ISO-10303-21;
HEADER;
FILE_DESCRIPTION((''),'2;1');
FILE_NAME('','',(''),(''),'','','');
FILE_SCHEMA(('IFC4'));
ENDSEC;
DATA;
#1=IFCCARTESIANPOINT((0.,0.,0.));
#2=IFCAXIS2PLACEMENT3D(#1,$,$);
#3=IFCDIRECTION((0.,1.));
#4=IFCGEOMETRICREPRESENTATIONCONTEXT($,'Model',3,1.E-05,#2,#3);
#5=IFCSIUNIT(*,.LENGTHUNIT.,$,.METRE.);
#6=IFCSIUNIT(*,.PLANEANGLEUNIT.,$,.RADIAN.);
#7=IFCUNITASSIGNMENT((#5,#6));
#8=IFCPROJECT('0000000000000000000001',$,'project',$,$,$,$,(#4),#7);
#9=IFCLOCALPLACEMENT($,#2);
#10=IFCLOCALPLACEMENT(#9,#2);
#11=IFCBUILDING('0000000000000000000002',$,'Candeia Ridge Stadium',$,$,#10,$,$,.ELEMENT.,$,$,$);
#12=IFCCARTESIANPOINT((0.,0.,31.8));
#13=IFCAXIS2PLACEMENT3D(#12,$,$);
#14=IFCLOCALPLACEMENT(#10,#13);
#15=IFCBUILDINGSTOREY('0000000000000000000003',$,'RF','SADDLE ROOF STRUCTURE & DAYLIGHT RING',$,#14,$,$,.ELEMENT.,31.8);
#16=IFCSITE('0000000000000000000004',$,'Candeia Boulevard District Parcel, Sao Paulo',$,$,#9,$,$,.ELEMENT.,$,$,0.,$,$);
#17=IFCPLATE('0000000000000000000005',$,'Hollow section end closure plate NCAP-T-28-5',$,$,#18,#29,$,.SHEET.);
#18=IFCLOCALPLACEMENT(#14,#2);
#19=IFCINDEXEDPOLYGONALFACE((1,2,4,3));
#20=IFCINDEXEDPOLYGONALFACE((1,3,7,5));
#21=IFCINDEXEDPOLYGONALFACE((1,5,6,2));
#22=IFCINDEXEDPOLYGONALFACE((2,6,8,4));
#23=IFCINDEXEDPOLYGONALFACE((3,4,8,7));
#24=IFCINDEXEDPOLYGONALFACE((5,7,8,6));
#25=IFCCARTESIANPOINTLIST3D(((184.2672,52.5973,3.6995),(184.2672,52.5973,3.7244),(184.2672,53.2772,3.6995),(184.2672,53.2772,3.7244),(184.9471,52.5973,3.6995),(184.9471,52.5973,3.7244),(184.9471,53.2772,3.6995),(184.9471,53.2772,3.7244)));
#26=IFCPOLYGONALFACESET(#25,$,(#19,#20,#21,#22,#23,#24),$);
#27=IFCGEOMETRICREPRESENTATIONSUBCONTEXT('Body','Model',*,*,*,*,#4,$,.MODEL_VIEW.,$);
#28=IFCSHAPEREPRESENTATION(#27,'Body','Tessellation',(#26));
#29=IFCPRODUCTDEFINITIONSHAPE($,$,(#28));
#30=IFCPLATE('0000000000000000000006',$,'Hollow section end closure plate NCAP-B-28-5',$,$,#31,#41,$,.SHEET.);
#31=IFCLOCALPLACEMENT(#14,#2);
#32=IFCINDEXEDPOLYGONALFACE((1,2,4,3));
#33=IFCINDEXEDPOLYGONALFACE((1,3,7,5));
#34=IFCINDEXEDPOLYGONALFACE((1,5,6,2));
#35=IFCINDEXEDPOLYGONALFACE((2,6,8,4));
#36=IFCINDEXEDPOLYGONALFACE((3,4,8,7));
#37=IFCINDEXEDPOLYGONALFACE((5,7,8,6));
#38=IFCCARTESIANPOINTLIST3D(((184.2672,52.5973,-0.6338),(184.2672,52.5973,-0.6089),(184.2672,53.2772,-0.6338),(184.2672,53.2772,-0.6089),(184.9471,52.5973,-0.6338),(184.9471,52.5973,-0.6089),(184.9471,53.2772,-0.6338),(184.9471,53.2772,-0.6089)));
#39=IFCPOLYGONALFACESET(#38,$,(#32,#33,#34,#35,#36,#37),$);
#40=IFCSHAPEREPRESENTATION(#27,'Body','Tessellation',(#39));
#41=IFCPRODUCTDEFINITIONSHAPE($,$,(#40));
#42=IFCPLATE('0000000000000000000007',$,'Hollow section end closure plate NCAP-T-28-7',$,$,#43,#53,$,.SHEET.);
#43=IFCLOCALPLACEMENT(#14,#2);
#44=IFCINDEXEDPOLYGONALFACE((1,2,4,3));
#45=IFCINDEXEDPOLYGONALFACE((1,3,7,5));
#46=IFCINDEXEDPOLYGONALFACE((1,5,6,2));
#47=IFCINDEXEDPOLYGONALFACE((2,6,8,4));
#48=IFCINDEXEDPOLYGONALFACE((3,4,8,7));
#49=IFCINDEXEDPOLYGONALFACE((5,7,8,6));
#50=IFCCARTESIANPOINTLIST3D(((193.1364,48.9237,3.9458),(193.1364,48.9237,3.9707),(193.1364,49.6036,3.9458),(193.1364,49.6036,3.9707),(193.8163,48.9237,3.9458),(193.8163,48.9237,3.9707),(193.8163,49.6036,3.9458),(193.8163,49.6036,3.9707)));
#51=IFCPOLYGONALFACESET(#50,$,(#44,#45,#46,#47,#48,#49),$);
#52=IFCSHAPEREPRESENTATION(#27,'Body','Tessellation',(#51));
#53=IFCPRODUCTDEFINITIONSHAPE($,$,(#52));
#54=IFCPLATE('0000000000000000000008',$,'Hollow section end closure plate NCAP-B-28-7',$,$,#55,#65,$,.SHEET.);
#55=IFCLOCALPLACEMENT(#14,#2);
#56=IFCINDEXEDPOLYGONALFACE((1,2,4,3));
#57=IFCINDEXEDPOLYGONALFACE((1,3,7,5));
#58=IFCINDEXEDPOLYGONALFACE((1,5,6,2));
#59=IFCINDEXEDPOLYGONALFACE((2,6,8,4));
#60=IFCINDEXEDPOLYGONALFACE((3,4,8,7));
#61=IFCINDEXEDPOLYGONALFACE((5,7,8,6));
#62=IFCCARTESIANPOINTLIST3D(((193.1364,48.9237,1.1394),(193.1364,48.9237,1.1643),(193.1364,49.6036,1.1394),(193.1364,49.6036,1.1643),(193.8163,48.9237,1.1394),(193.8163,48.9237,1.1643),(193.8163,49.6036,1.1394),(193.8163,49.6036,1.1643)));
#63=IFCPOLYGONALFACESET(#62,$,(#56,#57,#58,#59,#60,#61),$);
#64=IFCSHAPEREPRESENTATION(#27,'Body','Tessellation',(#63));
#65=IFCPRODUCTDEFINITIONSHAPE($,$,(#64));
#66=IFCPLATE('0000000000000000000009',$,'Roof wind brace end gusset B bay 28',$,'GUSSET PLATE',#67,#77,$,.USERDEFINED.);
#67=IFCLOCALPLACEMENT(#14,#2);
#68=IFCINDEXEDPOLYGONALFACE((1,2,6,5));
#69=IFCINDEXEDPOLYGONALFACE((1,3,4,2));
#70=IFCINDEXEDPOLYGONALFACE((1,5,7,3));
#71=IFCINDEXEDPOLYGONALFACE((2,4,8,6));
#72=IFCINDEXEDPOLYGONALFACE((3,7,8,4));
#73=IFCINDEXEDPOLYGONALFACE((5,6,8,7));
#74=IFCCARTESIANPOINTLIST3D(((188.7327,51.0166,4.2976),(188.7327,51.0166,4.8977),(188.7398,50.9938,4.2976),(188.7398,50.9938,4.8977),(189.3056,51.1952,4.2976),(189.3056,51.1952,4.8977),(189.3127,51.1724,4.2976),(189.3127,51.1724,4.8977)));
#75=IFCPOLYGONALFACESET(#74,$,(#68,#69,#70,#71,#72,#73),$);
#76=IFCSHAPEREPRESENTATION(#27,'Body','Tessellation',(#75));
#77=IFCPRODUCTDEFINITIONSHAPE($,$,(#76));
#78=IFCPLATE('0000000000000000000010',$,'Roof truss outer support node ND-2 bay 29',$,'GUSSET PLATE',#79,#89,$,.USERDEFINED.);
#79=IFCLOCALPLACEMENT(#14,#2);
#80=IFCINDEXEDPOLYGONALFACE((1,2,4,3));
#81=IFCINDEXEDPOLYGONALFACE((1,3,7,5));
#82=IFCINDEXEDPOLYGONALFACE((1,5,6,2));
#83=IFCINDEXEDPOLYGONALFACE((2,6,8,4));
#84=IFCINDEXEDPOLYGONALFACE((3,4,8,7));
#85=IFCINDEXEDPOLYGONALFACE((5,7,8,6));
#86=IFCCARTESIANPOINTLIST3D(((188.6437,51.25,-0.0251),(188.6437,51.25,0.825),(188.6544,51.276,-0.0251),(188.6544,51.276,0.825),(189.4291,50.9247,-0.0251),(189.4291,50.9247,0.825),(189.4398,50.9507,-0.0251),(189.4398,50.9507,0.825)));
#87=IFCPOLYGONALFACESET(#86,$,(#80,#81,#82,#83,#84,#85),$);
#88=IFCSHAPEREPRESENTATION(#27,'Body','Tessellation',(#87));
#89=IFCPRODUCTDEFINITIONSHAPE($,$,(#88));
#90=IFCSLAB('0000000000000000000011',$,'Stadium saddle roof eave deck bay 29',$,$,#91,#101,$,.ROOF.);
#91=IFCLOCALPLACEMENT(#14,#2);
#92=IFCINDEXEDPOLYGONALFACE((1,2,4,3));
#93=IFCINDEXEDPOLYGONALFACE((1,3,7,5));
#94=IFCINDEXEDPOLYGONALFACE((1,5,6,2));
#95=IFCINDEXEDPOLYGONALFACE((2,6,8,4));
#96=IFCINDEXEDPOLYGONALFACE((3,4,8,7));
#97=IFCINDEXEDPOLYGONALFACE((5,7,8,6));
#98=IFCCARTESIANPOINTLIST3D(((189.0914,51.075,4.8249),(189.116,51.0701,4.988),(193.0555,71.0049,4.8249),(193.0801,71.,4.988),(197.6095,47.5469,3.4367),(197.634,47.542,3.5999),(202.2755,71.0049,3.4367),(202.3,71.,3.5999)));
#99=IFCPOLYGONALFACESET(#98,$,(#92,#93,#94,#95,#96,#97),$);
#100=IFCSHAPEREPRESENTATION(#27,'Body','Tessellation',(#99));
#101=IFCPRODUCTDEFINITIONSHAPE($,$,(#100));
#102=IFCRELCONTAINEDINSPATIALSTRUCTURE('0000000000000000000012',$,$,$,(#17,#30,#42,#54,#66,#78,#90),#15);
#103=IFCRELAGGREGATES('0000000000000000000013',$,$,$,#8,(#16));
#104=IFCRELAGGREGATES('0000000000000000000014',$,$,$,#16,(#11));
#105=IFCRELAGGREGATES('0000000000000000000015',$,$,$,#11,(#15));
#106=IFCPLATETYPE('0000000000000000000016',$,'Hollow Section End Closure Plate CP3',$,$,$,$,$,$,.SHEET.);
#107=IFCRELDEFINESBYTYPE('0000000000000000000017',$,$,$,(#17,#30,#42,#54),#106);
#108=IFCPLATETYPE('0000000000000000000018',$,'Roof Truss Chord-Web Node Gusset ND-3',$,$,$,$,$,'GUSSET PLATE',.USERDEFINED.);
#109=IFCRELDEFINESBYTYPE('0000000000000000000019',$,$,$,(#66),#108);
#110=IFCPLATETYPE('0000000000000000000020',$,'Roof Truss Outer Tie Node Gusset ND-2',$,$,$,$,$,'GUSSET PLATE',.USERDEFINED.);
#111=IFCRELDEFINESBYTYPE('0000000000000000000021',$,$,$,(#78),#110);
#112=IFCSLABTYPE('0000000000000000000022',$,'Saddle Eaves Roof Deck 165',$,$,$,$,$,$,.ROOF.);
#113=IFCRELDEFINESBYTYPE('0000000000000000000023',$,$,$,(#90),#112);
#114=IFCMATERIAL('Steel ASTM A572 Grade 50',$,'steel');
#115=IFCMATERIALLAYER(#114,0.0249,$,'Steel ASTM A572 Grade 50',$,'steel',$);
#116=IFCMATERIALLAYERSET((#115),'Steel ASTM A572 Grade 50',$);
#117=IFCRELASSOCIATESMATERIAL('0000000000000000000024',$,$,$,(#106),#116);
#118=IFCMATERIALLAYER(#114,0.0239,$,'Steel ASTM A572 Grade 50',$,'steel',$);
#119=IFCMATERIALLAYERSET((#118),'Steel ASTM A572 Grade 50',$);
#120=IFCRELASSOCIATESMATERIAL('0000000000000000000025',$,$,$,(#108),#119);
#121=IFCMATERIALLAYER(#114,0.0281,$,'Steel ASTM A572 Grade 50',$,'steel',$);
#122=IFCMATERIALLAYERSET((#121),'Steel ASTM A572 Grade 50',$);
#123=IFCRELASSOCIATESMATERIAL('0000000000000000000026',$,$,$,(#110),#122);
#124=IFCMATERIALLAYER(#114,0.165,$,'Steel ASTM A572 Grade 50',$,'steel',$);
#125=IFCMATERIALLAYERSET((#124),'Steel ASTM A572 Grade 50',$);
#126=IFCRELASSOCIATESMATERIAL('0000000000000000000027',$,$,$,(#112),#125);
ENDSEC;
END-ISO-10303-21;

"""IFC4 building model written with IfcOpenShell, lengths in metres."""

from ifc_helpers import new_model, si_unit, direction, frame, origin, origin_2d, place, context, subcontext, project, spatial, polyline, rectangle, outline, extrude, material, layer, layer_set, type_object, element, save


model = new_model("IFC4")

# Units and contexts
model_context = context("Model", 3, precision=1e-05, world=origin(), true_north=direction((0.0, 1.0)))
body_context = subcontext(model_context, "Body", "Model", "MODEL_VIEW")
ifc_project = project(units=[si_unit("LENGTHUNIT", "METRE"), si_unit("PLANEANGLEUNIT", "RADIAN")], contexts=[model_context])

# Site, building, storey
site_placement = place(None, origin())
site = spatial("IfcSite", under=ifc_project, at=site_placement, Name="Candeia Boulevard District Parcel, Sao Paulo", CompositionType="ELEMENT", RefElevation=0.0)
building_placement = place(site_placement, origin())
building = spatial("IfcBuilding", under=site, at=building_placement, Name="Candeia Ridge Stadium", CompositionType="ELEMENT")
storey_placement = place(building_placement, frame((0.0, 0.0, 31.8)))
storey = spatial("IfcBuildingStorey", under=building, at=storey_placement, Name="RF", Description="SADDLE ROOF STRUCTURE & DAYLIGHT RING", CompositionType="ELEMENT", Elevation=31.8)

# Shared definitions
ifc_material = material(Name="Steel ASTM A572 Grade 50", Category="steel")

# Plates
ifc_layer_1 = layer(ifc_material, 0.0249, Name="Steel ASTM A572 Grade 50", Category="steel")
ifc_layer_set_1 = layer_set([ifc_layer_1], Name="Steel ASTM A572 Grade 50")
plate_type_1 = type_object("IfcPlateType", Name="Hollow Section End Closure Plate CP3", PredefinedType="SHEET", material=ifc_layer_set_1)
for number, where, z_axis, x_axis, name in (
    (1, (184.6072, 52.9373, 3.6995), (0.0, 0.0, 1.0), (1.0, 0.0, 0.0), "Hollow section end closure plate NCAP-T-28-5"),
    (2, (184.6072, 52.9373, -0.6338), (0.0, 0.0, 1.0), (1.0, 0.0, 0.0), "Hollow section end closure plate NCAP-B-28-5"),
    (3, (193.4763, 49.2637, 3.9458), (0.0, 0.0, 1.0), (1.0, 0.0, 0.0), "Hollow section end closure plate NCAP-T-28-7"),
    (4, (193.4763, 49.2637, 1.1394), (0.0, 0.0, 1.0), (1.0, 0.0, 0.0), "Hollow section end closure plate NCAP-B-28-7"),
):
    element("IfcPlate", number, at=place(storey_placement, frame(where, z_axis=z_axis, x_axis=x_axis)), inside=storey, type_object=plate_type_1, Name=name, PredefinedType="SHEET", context=body_context, shape_type="SweptSolid", body=[
        extrude(rectangle(XDim=0.6799, YDim=0.6799, at=origin_2d()), origin(), (0.0, 0.0, 1.0), 0.0249),
    ])
ifc_layer_2 = layer(ifc_material, 0.0239, Name="Steel ASTM A572 Grade 50", Category="steel")
ifc_layer_set_2 = layer_set([ifc_layer_2], Name="Steel ASTM A572 Grade 50")
plate_type_2 = type_object("IfcPlateType", Name="Roof Truss Chord-Web Node Gusset ND-3", ElementType="GUSSET PLATE", PredefinedType="USERDEFINED", material=ifc_layer_set_2)
plate_1_placement = place(storey_placement, frame((189.0227, 51.0945, 4.2976), z_axis=(0.0, 0.0, 1.0), x_axis=(0.954693, 0.297591, 0.0)))
element("IfcPlate", 5, at=plate_1_placement, inside=storey, type_object=plate_type_2, Name="Roof wind brace end gusset B bay 28", ObjectType="GUSSET PLATE", PredefinedType="USERDEFINED", context=body_context, shape_type="SweptSolid", body=[
    extrude(rectangle(XDim=0.6001, YDim=0.0239, at=origin_2d()), origin(), (0.0, 0.0, 1.0), 0.6001),
])
ifc_layer_3 = layer(ifc_material, 0.0281, Name="Steel ASTM A572 Grade 50", Category="steel")
ifc_layer_set_3 = layer_set([ifc_layer_3], Name="Steel ASTM A572 Grade 50")
plate_type_3 = type_object("IfcPlateType", Name="Roof Truss Outer Tie Node Gusset ND-2", ElementType="GUSSET PLATE", PredefinedType="USERDEFINED", material=ifc_layer_set_3)
plate_2_placement = place(storey_placement, frame((189.0417, 51.1003, -0.0251), z_axis=(0.0, 0.0, 1.0), x_axis=(0.92388, -0.382683, 0.0)))
element("IfcPlate", 6, at=plate_2_placement, inside=storey, type_object=plate_type_3, Name="Roof truss outer support node ND-2 bay 29", ObjectType="GUSSET PLATE", PredefinedType="USERDEFINED", context=body_context, shape_type="SweptSolid", body=[
    extrude(rectangle(XDim=0.8501, YDim=0.0281, at=origin_2d()), origin(), (0.0, 0.0, 1.0), 0.8501),
])

# Slab
ifc_layer_4 = layer(ifc_material, 0.165, Name="Steel ASTM A572 Grade 50", Category="steel")
ifc_layer_set_4 = layer_set([ifc_layer_4], Name="Steel ASTM A572 Grade 50")
slab_type = type_object("IfcSlabType", Name="Saddle Eaves Roof Deck 165", PredefinedType="ROOF", material=ifc_layer_set_4)
slab_placement = place(storey_placement, frame((189.116, 51.0701, 4.988), z_axis=(0.148821, -0.029601, 0.988421), x_axis=(0.195081, 0.980787, 0.000001)))
element("IfcSlab", 7, at=slab_placement, inside=storey, type_object=slab_type, Name="Stadium saddle roof eave deck bay 29", PredefinedType="ROOF", context=body_context, shape_type="SweptSolid", body=[
    extrude(outline(polyline([(0.0, 0.0), (20.3203, 0.0), (22.119, -9.1488), (-1.7986, -9.1486), (0.0, 0.0)])), origin(), (0.0, 0.0, -1.0), 0.165),
])

save(model, "model.ifc")
